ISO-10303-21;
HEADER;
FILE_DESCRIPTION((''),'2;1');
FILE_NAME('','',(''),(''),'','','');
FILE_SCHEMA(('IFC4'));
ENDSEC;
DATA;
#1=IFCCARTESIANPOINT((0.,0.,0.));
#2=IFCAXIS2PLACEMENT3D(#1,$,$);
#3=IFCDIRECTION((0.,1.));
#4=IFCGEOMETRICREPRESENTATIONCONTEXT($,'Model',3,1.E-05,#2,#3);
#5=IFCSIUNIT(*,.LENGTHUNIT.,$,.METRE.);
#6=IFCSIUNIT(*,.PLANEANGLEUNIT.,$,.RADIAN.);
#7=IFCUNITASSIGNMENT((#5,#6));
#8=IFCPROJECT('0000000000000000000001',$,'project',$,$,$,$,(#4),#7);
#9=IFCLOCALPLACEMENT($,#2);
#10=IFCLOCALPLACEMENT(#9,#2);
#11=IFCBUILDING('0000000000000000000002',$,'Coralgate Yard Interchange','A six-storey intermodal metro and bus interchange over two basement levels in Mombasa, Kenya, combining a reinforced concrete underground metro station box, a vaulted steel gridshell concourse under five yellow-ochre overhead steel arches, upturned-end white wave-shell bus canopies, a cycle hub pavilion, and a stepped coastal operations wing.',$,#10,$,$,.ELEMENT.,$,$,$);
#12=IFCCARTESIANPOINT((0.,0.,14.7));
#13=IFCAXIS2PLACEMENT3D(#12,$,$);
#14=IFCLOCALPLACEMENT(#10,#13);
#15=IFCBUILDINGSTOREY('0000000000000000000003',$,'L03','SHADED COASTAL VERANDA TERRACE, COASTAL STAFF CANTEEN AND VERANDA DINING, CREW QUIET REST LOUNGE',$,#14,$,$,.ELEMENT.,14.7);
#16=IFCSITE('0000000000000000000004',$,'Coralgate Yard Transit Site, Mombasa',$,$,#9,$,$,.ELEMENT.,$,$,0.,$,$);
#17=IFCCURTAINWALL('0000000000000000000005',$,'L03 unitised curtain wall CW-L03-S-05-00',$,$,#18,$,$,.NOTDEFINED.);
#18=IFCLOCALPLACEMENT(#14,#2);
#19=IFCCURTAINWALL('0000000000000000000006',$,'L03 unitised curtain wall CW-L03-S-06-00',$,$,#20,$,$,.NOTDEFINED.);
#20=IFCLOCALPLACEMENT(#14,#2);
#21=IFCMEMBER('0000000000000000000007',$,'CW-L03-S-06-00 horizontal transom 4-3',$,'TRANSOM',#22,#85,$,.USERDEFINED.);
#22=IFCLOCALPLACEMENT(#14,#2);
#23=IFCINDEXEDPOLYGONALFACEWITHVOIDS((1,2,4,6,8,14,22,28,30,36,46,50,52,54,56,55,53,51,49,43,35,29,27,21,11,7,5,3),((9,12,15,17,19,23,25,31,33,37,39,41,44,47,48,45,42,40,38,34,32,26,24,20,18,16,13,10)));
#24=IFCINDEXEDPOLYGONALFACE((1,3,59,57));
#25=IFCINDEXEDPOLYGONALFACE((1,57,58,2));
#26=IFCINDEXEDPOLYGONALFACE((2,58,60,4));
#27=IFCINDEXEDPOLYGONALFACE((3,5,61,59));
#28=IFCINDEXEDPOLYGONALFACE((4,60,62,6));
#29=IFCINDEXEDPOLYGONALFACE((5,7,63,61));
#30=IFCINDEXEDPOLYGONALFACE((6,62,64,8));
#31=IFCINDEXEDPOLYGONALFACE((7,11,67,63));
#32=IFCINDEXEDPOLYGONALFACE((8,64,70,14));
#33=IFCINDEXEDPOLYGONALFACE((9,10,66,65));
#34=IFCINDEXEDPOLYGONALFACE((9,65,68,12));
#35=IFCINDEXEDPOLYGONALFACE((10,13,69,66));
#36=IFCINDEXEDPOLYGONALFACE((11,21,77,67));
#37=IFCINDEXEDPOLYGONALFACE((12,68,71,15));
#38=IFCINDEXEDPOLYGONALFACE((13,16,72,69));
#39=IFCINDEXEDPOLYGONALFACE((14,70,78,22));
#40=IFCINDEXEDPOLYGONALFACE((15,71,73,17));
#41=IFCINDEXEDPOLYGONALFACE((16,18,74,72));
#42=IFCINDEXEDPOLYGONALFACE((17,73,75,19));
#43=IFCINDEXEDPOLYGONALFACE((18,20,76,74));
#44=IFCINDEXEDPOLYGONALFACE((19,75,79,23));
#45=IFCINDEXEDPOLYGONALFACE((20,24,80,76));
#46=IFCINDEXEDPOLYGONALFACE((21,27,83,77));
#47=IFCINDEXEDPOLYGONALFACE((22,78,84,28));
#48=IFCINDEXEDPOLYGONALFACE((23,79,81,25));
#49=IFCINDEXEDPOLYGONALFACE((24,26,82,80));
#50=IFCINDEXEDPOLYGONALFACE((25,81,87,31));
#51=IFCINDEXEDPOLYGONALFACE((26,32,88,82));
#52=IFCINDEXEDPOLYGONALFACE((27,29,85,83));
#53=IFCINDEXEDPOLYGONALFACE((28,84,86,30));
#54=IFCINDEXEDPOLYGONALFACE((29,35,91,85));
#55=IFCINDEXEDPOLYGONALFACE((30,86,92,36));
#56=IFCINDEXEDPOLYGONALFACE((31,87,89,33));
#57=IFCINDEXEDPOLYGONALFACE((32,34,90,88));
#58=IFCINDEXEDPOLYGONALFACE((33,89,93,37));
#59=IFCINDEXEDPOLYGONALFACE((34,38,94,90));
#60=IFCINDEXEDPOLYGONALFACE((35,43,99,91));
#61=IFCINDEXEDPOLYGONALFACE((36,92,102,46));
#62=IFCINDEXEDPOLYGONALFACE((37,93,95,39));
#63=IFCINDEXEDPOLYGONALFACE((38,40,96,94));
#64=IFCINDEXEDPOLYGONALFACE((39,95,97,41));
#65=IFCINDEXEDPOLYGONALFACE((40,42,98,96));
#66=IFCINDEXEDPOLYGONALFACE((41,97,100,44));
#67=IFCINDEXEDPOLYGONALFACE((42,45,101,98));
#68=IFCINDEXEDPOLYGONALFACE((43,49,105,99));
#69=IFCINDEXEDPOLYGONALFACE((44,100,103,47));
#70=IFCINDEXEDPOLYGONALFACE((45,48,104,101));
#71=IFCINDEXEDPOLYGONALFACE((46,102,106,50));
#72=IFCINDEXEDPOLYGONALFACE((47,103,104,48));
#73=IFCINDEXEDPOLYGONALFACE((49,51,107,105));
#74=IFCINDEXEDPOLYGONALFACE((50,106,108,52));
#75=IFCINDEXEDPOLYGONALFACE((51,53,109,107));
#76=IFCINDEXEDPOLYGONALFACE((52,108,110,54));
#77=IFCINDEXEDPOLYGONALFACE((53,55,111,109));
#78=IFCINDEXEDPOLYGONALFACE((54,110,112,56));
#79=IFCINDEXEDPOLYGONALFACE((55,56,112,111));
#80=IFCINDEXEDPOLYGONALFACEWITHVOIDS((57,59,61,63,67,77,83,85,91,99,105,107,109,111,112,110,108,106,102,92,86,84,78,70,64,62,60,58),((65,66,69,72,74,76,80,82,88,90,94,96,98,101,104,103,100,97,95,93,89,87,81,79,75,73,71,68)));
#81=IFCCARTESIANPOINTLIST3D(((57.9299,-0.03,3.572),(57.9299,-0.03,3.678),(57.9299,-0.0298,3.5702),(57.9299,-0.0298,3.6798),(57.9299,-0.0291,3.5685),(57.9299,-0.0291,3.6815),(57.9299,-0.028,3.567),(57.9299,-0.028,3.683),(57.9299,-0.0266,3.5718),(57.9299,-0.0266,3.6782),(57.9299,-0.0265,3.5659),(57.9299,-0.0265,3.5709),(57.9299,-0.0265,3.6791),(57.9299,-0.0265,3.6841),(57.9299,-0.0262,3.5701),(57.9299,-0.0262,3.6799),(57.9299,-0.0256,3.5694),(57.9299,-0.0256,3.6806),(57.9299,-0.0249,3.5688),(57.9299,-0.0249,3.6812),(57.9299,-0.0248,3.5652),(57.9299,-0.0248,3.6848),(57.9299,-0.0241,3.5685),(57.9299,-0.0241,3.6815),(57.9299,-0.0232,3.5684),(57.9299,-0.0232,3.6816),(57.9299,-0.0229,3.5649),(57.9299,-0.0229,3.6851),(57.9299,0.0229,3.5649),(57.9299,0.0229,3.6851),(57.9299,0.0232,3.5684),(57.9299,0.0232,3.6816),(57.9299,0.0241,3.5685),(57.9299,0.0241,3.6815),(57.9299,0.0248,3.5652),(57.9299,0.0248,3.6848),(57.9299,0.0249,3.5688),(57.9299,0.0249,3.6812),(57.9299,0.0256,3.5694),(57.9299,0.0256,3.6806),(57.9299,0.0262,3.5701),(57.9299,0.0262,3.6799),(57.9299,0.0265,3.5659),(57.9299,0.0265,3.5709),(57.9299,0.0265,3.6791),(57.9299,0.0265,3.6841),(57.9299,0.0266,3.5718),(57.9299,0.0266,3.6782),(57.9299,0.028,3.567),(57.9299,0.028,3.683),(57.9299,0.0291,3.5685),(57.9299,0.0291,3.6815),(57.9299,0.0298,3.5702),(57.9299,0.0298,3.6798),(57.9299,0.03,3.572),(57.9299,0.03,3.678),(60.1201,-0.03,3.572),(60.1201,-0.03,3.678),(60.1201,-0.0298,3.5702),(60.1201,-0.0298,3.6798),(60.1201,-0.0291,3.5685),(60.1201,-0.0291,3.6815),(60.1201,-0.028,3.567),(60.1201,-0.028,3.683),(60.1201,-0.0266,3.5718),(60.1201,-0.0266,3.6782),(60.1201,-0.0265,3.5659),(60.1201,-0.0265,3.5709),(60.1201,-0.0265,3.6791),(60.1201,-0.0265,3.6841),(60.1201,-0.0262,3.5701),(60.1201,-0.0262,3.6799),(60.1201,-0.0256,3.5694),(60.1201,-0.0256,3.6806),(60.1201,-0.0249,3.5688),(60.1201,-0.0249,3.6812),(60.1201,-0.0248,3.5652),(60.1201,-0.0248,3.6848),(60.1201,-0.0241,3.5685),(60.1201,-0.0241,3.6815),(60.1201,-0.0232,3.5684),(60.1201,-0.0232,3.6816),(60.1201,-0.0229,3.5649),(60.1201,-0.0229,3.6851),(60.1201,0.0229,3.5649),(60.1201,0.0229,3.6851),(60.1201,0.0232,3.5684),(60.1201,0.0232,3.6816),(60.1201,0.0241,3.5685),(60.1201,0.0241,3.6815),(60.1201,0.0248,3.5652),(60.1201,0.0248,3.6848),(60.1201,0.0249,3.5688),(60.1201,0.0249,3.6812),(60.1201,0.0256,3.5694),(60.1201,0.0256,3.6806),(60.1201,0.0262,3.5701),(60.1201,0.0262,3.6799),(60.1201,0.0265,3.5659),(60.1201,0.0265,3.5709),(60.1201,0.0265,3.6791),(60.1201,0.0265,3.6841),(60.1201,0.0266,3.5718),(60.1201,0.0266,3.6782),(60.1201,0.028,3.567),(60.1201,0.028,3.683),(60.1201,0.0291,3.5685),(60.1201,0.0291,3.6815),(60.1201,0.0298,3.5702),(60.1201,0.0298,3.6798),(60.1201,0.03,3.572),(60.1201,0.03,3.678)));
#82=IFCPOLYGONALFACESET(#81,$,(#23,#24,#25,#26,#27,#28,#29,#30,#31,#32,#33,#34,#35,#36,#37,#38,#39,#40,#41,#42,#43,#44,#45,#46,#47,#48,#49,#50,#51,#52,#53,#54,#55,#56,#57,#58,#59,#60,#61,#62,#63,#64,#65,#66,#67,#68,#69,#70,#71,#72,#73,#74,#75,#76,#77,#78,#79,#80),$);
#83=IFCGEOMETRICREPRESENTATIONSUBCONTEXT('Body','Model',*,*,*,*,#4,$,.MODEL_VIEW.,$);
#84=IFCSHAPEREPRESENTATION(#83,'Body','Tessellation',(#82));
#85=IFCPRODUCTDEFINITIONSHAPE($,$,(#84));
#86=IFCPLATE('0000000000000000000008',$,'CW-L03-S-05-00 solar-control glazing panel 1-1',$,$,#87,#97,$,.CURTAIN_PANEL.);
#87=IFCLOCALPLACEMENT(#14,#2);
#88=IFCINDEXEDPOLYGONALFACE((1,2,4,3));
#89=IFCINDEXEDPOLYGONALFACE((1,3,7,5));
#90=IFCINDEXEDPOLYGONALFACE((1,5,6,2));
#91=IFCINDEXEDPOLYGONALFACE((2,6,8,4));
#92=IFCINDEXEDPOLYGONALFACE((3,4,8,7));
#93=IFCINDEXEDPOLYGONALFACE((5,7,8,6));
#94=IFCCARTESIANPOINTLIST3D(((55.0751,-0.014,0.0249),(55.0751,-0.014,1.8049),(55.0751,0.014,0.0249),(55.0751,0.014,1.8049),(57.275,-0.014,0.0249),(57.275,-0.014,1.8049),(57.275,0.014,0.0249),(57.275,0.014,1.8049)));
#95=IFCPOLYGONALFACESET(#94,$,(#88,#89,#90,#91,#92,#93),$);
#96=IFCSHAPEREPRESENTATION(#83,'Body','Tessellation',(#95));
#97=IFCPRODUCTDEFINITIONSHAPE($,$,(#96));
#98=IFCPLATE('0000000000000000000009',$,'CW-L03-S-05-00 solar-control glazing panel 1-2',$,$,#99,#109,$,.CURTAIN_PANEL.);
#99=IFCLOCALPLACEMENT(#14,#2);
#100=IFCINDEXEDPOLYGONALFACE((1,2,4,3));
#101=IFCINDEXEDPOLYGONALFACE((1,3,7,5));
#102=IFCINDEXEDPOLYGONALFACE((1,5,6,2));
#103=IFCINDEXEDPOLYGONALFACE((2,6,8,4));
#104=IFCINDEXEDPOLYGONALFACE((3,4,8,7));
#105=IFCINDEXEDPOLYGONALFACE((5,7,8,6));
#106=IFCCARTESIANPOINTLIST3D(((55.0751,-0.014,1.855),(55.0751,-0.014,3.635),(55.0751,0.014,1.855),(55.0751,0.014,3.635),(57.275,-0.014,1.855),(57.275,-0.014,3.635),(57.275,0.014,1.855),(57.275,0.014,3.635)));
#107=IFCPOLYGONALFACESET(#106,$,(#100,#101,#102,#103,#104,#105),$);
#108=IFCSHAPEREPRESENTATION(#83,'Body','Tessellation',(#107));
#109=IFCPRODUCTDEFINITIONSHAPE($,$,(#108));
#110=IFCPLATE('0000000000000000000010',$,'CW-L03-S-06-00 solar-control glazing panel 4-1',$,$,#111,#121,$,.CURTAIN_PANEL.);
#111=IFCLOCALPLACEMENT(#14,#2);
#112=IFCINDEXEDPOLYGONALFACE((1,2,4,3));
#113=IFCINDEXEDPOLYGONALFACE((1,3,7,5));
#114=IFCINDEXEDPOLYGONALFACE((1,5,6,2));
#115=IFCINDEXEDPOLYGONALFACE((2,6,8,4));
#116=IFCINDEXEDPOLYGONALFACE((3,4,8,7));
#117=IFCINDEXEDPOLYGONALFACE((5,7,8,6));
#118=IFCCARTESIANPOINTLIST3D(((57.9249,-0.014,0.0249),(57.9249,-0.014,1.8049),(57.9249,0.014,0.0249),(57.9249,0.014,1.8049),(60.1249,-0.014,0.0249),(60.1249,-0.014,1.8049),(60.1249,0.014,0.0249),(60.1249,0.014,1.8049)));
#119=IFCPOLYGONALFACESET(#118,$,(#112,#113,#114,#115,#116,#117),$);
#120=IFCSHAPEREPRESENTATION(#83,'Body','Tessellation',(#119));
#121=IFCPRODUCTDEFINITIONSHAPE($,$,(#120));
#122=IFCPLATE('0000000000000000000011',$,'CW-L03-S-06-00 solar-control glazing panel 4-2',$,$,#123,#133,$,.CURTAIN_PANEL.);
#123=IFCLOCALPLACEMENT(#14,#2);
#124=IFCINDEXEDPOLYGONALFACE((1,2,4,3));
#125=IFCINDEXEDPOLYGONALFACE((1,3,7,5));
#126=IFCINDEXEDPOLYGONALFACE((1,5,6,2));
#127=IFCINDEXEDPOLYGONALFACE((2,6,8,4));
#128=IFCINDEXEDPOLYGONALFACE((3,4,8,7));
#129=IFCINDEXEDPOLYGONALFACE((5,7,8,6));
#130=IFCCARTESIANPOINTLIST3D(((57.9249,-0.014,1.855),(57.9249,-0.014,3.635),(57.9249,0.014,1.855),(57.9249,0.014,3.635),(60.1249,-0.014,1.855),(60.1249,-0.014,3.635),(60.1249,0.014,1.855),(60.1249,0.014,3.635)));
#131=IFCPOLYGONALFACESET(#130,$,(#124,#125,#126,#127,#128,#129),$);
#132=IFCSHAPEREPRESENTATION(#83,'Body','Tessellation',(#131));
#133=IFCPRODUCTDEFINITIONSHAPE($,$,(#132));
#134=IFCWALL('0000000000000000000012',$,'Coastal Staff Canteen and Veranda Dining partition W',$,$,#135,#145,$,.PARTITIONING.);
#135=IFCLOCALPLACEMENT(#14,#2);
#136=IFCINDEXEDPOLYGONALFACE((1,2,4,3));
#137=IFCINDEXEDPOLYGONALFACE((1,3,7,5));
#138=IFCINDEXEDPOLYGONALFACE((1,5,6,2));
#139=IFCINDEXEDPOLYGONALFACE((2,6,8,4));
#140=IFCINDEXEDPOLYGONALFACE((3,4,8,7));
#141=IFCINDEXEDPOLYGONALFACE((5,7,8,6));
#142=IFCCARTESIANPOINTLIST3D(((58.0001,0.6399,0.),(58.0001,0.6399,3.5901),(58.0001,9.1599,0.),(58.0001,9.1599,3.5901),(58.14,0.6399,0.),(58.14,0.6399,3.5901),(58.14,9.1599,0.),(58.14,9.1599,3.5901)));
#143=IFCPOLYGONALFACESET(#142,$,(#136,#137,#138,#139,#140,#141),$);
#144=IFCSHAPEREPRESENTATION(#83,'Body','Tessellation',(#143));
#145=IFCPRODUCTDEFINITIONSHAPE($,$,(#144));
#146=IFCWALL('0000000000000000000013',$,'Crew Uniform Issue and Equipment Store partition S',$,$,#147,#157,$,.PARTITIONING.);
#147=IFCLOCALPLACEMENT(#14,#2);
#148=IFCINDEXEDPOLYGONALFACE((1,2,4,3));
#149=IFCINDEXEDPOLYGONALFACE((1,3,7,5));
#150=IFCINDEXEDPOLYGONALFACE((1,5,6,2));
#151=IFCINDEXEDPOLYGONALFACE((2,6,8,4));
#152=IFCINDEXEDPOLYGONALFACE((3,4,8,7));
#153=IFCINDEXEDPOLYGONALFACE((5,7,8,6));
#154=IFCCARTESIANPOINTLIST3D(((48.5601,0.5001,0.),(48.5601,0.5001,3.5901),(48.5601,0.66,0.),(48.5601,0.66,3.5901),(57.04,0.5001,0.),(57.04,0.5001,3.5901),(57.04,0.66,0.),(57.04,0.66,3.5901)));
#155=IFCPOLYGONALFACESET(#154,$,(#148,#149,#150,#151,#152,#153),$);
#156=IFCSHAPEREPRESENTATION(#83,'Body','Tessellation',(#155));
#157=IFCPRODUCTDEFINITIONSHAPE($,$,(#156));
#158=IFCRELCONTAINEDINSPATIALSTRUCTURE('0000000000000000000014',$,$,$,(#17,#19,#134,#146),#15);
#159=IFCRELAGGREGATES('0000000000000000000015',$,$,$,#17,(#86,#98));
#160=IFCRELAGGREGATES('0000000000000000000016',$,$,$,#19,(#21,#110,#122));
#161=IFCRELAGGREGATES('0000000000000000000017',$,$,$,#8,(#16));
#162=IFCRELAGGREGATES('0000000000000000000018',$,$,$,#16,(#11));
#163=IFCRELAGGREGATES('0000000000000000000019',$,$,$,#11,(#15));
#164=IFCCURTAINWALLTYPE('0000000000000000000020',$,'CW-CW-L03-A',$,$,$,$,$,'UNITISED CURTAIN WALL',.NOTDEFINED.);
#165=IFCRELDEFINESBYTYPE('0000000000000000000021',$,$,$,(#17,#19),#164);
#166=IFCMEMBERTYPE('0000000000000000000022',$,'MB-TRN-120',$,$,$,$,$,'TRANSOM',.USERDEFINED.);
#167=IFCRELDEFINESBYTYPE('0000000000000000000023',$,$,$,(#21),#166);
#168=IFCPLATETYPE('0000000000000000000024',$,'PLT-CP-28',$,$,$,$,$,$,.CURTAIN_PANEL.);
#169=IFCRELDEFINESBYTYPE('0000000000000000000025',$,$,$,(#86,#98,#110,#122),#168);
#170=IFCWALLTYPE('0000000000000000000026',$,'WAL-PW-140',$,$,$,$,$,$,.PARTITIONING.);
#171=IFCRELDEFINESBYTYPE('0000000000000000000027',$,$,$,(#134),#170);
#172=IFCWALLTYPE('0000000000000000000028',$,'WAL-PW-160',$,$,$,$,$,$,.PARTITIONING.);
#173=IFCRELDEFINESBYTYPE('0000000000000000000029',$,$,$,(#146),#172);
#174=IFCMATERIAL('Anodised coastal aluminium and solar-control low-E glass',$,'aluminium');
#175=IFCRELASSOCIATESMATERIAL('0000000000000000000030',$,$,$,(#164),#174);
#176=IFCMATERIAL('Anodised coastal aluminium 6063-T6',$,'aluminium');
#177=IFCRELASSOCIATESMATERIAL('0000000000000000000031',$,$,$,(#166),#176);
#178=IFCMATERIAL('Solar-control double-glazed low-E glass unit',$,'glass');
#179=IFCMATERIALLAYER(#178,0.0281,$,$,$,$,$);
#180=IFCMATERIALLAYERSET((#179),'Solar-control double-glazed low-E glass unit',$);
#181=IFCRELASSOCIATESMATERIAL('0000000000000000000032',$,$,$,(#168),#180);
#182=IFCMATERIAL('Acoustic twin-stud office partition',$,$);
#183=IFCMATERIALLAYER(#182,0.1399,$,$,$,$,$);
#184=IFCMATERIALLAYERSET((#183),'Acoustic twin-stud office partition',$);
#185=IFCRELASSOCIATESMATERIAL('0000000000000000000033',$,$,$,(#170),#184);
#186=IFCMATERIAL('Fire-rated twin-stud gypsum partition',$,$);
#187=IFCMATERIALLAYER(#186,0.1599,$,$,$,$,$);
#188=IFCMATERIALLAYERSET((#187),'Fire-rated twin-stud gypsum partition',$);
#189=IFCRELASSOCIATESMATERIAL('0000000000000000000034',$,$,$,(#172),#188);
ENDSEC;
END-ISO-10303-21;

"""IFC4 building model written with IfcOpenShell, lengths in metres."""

from ifc_helpers import new_model, si_unit, direction, frame, frame_2d, origin, origin_2d, place, context, subcontext, project, spatial, rectangle, hollow_rectangle, extrude, material, layer, layer_set, material_profile, profile_set, type_object, element, aggregate, save


model = new_model("IFC4")

# Units and contexts
model_context = context("Model", 3, precision=1e-05, world=origin(), true_north=direction((0.0, 1.0)))
body_context = subcontext(model_context, "Body", "Model", "MODEL_VIEW")
ifc_project = project(units=[si_unit("LENGTHUNIT", "METRE"), si_unit("PLANEANGLEUNIT", "RADIAN")], contexts=[model_context])

# Site, building, storey
site_placement = place(None, origin())
site = spatial("IfcSite", under=ifc_project, at=site_placement, Name="Coralgate Yard Transit Site, Mombasa", CompositionType="ELEMENT", RefElevation=0.0)
building_placement = place(site_placement, origin())
building = spatial("IfcBuilding", under=site, at=building_placement, Name="Coralgate Yard Interchange", Description="A six-storey intermodal metro and bus interchange over two basement levels in Mombasa, Kenya, combining a reinforced concrete underground metro station box, a vaulted steel gridshell concourse under five yellow-ochre overhead steel arches, upturned-end white wave-shell bus canopies, a cycle hub pavilion, and a stepped coastal operations wing.", CompositionType="ELEMENT")
storey_placement = place(building_placement, frame((0.0, 0.0, 14.7)))
storey = spatial("IfcBuildingStorey", under=building, at=storey_placement, Name="L03", Description="SHADED COASTAL VERANDA TERRACE, COASTAL STAFF CANTEEN AND VERANDA DINING, CREW QUIET REST LOUNGE", CompositionType="ELEMENT", Elevation=14.7)

# Curtain walls
ifc_material_1 = material(Name="Anodised coastal aluminium and solar-control low-E glass", Category="aluminium")
curtain_wall_type = type_object("IfcCurtainWallType", Name="CW-CW-L03-A", ElementType="UNITISED CURTAIN WALL", PredefinedType="NOTDEFINED", material=ifc_material_1)
curtain_wall_1_placement = place(storey_placement, origin())
curtain_wall_1 = element("IfcCurtainWall", 1, at=curtain_wall_1_placement, inside=storey, type_object=curtain_wall_type, Name="L03 unitised curtain wall CW-L03-S-05-00", PredefinedType="NOTDEFINED")
ifc_material_2 = material(Name="Anodised coastal aluminium 6063-T6", Category="aluminium")
curtain_wall_2_placement = place(storey_placement, origin())
curtain_wall_2 = element("IfcCurtainWall", 2, at=curtain_wall_2_placement, inside=storey, type_object=curtain_wall_type, Name="L03 unitised curtain wall CW-L03-S-06-00", PredefinedType="NOTDEFINED")

# Member
ifc_material_profile_1 = material_profile(ifc_material_2, hollow_rectangle(XDim=0.0601, YDim=0.1201, WallThickness=0.0034, InnerFilletRadius=0.0034, OuterFilletRadius=0.0071, at=origin_2d()), Name="ALU 60x120x3.5")
ifc_profile_set_1 = profile_set([ifc_material_profile_1], Name="Anodised coastal aluminium 6063-T6")
member_type_1 = type_object("IfcMemberType", Name="MB-TRN-120", ElementType="TRANSOM", PredefinedType="USERDEFINED", material=ifc_profile_set_1)
member_1_placement = place(storey_placement, frame((60.1201, 0.0, 3.625), z_axis=(-1.0, 0.0, 0.0), x_axis=(0.0, -1.0, 0.0)))
member_1 = element("IfcMember", 3, at=member_1_placement, type_object=member_type_1, Name="CW-L03-S-06-00 horizontal transom 4-3", ObjectType="TRANSOM", PredefinedType="USERDEFINED", context=body_context, shape_type="SweptSolid", body=[
    extrude(hollow_rectangle(XDim=0.0601, YDim=0.1201, WallThickness=0.0034, InnerFilletRadius=0.0034, OuterFilletRadius=0.0071, at=origin_2d()), origin(), (0.0, 0.0, 1.0), 2.1902),
])

# Plates
ifc_material_3 = material(Name="Solar-control double-glazed low-E glass unit", Category="glass")
ifc_layer_1 = layer(ifc_material_3, 0.0281)
ifc_layer_set_1 = layer_set([ifc_layer_1], Name="Solar-control double-glazed low-E glass unit")
plate_type = type_object("IfcPlateType", Name="PLT-CP-28", PredefinedType="CURTAIN_PANEL", material=ifc_layer_set_1)
plate_1_placement = place(storey_placement, frame((56.175, 0.0, 0.0249), z_axis=(0.0, 0.0, 1.0), x_axis=(-1.0, 0.0, 0.0)))
plate_1 = element("IfcPlate", 4, at=plate_1_placement, type_object=plate_type, Name="CW-L03-S-05-00 solar-control glazing panel 1-1", PredefinedType="CURTAIN_PANEL", context=body_context, shape_type="SweptSolid", body=[
    extrude(rectangle(XDim=2.2, YDim=0.0281, at=origin_2d()), origin(), (0.0, 0.0, 1.0), 1.78),
])
plate_2_placement = place(storey_placement, frame((56.175, 0.0, 1.855), z_axis=(0.0, 0.0, 1.0), x_axis=(-1.0, 0.0, 0.0)))
plate_2 = element("IfcPlate", 5, at=plate_2_placement, type_object=plate_type, Name="CW-L03-S-05-00 solar-control glazing panel 1-2", PredefinedType="CURTAIN_PANEL", context=body_context, shape_type="SweptSolid", body=[
    extrude(rectangle(XDim=2.2, YDim=0.0281, at=origin_2d()), origin(), (0.0, 0.0, 1.0), 1.78),
])
aggregate(curtain_wall_1, [plate_1, plate_2])
plate_3_placement = place(storey_placement, frame((59.0249, 0.0, 0.0249), z_axis=(0.0, 0.0, 1.0), x_axis=(-1.0, 0.0, 0.0)))
plate_3 = element("IfcPlate", 6, at=plate_3_placement, type_object=plate_type, Name="CW-L03-S-06-00 solar-control glazing panel 4-1", PredefinedType="CURTAIN_PANEL", context=body_context, shape_type="SweptSolid", body=[
    extrude(rectangle(XDim=2.2, YDim=0.0281, at=origin_2d()), origin(), (0.0, 0.0, 1.0), 1.78),
])
plate_4_placement = place(storey_placement, frame((59.0249, 0.0, 1.855), z_axis=(0.0, 0.0, 1.0), x_axis=(-1.0, 0.0, 0.0)))
plate_4 = element("IfcPlate", 7, at=plate_4_placement, type_object=plate_type, Name="CW-L03-S-06-00 solar-control glazing panel 4-2", PredefinedType="CURTAIN_PANEL", context=body_context, shape_type="SweptSolid", body=[
    extrude(rectangle(XDim=2.2, YDim=0.0281, at=origin_2d()), origin(), (0.0, 0.0, 1.0), 1.78),
])
aggregate(curtain_wall_2, [member_1, plate_3, plate_4])

# Walls
ifc_material_4 = material(Name="Acoustic twin-stud office partition")
ifc_layer_2 = layer(ifc_material_4, 0.1399)
ifc_layer_set_2 = layer_set([ifc_layer_2], Name="Acoustic twin-stud office partition")
wall_type_1 = type_object("IfcWallType", Name="WAL-PW-140", PredefinedType="PARTITIONING", material=ifc_layer_set_2)
wall_1_placement = place(storey_placement, frame((58.0701, 0.6399, 0.0), z_axis=(0.0, 0.0, 1.0), x_axis=(0.0, 1.0, 0.0)))
element("IfcWall", 8, at=wall_1_placement, inside=storey, type_object=wall_type_1, Name="Coastal Staff Canteen and Veranda Dining partition W", PredefinedType="PARTITIONING", context=body_context, shape_type="SweptSolid", body=[
    extrude(rectangle(XDim=8.52, YDim=0.1399, at=frame_2d((4.26, 0.0))), origin(), (0.0, 0.0, 1.0), 3.5901),
])
ifc_material_5 = material(Name="Fire-rated twin-stud gypsum partition")
ifc_layer_3 = layer(ifc_material_5, 0.1599)
ifc_layer_set_3 = layer_set([ifc_layer_3], Name="Fire-rated twin-stud gypsum partition")
wall_type_2 = type_object("IfcWallType", Name="WAL-PW-160", PredefinedType="PARTITIONING", material=ifc_layer_set_3)
wall_2_placement = place(storey_placement, frame((57.04, 0.5801, 0.0), z_axis=(0.0, 0.0, 1.0), x_axis=(-1.0, 0.0, 0.0)))
element("IfcWall", 9, at=wall_2_placement, inside=storey, type_object=wall_type_2, Name="Crew Uniform Issue and Equipment Store partition S", PredefinedType="PARTITIONING", context=body_context, shape_type="SweptSolid", body=[
    extrude(rectangle(XDim=8.48, YDim=0.1599, at=frame_2d((4.24, 0.0))), origin(), (0.0, 0.0, 1.0), 3.5901),
])

save(model, "model.ifc")
